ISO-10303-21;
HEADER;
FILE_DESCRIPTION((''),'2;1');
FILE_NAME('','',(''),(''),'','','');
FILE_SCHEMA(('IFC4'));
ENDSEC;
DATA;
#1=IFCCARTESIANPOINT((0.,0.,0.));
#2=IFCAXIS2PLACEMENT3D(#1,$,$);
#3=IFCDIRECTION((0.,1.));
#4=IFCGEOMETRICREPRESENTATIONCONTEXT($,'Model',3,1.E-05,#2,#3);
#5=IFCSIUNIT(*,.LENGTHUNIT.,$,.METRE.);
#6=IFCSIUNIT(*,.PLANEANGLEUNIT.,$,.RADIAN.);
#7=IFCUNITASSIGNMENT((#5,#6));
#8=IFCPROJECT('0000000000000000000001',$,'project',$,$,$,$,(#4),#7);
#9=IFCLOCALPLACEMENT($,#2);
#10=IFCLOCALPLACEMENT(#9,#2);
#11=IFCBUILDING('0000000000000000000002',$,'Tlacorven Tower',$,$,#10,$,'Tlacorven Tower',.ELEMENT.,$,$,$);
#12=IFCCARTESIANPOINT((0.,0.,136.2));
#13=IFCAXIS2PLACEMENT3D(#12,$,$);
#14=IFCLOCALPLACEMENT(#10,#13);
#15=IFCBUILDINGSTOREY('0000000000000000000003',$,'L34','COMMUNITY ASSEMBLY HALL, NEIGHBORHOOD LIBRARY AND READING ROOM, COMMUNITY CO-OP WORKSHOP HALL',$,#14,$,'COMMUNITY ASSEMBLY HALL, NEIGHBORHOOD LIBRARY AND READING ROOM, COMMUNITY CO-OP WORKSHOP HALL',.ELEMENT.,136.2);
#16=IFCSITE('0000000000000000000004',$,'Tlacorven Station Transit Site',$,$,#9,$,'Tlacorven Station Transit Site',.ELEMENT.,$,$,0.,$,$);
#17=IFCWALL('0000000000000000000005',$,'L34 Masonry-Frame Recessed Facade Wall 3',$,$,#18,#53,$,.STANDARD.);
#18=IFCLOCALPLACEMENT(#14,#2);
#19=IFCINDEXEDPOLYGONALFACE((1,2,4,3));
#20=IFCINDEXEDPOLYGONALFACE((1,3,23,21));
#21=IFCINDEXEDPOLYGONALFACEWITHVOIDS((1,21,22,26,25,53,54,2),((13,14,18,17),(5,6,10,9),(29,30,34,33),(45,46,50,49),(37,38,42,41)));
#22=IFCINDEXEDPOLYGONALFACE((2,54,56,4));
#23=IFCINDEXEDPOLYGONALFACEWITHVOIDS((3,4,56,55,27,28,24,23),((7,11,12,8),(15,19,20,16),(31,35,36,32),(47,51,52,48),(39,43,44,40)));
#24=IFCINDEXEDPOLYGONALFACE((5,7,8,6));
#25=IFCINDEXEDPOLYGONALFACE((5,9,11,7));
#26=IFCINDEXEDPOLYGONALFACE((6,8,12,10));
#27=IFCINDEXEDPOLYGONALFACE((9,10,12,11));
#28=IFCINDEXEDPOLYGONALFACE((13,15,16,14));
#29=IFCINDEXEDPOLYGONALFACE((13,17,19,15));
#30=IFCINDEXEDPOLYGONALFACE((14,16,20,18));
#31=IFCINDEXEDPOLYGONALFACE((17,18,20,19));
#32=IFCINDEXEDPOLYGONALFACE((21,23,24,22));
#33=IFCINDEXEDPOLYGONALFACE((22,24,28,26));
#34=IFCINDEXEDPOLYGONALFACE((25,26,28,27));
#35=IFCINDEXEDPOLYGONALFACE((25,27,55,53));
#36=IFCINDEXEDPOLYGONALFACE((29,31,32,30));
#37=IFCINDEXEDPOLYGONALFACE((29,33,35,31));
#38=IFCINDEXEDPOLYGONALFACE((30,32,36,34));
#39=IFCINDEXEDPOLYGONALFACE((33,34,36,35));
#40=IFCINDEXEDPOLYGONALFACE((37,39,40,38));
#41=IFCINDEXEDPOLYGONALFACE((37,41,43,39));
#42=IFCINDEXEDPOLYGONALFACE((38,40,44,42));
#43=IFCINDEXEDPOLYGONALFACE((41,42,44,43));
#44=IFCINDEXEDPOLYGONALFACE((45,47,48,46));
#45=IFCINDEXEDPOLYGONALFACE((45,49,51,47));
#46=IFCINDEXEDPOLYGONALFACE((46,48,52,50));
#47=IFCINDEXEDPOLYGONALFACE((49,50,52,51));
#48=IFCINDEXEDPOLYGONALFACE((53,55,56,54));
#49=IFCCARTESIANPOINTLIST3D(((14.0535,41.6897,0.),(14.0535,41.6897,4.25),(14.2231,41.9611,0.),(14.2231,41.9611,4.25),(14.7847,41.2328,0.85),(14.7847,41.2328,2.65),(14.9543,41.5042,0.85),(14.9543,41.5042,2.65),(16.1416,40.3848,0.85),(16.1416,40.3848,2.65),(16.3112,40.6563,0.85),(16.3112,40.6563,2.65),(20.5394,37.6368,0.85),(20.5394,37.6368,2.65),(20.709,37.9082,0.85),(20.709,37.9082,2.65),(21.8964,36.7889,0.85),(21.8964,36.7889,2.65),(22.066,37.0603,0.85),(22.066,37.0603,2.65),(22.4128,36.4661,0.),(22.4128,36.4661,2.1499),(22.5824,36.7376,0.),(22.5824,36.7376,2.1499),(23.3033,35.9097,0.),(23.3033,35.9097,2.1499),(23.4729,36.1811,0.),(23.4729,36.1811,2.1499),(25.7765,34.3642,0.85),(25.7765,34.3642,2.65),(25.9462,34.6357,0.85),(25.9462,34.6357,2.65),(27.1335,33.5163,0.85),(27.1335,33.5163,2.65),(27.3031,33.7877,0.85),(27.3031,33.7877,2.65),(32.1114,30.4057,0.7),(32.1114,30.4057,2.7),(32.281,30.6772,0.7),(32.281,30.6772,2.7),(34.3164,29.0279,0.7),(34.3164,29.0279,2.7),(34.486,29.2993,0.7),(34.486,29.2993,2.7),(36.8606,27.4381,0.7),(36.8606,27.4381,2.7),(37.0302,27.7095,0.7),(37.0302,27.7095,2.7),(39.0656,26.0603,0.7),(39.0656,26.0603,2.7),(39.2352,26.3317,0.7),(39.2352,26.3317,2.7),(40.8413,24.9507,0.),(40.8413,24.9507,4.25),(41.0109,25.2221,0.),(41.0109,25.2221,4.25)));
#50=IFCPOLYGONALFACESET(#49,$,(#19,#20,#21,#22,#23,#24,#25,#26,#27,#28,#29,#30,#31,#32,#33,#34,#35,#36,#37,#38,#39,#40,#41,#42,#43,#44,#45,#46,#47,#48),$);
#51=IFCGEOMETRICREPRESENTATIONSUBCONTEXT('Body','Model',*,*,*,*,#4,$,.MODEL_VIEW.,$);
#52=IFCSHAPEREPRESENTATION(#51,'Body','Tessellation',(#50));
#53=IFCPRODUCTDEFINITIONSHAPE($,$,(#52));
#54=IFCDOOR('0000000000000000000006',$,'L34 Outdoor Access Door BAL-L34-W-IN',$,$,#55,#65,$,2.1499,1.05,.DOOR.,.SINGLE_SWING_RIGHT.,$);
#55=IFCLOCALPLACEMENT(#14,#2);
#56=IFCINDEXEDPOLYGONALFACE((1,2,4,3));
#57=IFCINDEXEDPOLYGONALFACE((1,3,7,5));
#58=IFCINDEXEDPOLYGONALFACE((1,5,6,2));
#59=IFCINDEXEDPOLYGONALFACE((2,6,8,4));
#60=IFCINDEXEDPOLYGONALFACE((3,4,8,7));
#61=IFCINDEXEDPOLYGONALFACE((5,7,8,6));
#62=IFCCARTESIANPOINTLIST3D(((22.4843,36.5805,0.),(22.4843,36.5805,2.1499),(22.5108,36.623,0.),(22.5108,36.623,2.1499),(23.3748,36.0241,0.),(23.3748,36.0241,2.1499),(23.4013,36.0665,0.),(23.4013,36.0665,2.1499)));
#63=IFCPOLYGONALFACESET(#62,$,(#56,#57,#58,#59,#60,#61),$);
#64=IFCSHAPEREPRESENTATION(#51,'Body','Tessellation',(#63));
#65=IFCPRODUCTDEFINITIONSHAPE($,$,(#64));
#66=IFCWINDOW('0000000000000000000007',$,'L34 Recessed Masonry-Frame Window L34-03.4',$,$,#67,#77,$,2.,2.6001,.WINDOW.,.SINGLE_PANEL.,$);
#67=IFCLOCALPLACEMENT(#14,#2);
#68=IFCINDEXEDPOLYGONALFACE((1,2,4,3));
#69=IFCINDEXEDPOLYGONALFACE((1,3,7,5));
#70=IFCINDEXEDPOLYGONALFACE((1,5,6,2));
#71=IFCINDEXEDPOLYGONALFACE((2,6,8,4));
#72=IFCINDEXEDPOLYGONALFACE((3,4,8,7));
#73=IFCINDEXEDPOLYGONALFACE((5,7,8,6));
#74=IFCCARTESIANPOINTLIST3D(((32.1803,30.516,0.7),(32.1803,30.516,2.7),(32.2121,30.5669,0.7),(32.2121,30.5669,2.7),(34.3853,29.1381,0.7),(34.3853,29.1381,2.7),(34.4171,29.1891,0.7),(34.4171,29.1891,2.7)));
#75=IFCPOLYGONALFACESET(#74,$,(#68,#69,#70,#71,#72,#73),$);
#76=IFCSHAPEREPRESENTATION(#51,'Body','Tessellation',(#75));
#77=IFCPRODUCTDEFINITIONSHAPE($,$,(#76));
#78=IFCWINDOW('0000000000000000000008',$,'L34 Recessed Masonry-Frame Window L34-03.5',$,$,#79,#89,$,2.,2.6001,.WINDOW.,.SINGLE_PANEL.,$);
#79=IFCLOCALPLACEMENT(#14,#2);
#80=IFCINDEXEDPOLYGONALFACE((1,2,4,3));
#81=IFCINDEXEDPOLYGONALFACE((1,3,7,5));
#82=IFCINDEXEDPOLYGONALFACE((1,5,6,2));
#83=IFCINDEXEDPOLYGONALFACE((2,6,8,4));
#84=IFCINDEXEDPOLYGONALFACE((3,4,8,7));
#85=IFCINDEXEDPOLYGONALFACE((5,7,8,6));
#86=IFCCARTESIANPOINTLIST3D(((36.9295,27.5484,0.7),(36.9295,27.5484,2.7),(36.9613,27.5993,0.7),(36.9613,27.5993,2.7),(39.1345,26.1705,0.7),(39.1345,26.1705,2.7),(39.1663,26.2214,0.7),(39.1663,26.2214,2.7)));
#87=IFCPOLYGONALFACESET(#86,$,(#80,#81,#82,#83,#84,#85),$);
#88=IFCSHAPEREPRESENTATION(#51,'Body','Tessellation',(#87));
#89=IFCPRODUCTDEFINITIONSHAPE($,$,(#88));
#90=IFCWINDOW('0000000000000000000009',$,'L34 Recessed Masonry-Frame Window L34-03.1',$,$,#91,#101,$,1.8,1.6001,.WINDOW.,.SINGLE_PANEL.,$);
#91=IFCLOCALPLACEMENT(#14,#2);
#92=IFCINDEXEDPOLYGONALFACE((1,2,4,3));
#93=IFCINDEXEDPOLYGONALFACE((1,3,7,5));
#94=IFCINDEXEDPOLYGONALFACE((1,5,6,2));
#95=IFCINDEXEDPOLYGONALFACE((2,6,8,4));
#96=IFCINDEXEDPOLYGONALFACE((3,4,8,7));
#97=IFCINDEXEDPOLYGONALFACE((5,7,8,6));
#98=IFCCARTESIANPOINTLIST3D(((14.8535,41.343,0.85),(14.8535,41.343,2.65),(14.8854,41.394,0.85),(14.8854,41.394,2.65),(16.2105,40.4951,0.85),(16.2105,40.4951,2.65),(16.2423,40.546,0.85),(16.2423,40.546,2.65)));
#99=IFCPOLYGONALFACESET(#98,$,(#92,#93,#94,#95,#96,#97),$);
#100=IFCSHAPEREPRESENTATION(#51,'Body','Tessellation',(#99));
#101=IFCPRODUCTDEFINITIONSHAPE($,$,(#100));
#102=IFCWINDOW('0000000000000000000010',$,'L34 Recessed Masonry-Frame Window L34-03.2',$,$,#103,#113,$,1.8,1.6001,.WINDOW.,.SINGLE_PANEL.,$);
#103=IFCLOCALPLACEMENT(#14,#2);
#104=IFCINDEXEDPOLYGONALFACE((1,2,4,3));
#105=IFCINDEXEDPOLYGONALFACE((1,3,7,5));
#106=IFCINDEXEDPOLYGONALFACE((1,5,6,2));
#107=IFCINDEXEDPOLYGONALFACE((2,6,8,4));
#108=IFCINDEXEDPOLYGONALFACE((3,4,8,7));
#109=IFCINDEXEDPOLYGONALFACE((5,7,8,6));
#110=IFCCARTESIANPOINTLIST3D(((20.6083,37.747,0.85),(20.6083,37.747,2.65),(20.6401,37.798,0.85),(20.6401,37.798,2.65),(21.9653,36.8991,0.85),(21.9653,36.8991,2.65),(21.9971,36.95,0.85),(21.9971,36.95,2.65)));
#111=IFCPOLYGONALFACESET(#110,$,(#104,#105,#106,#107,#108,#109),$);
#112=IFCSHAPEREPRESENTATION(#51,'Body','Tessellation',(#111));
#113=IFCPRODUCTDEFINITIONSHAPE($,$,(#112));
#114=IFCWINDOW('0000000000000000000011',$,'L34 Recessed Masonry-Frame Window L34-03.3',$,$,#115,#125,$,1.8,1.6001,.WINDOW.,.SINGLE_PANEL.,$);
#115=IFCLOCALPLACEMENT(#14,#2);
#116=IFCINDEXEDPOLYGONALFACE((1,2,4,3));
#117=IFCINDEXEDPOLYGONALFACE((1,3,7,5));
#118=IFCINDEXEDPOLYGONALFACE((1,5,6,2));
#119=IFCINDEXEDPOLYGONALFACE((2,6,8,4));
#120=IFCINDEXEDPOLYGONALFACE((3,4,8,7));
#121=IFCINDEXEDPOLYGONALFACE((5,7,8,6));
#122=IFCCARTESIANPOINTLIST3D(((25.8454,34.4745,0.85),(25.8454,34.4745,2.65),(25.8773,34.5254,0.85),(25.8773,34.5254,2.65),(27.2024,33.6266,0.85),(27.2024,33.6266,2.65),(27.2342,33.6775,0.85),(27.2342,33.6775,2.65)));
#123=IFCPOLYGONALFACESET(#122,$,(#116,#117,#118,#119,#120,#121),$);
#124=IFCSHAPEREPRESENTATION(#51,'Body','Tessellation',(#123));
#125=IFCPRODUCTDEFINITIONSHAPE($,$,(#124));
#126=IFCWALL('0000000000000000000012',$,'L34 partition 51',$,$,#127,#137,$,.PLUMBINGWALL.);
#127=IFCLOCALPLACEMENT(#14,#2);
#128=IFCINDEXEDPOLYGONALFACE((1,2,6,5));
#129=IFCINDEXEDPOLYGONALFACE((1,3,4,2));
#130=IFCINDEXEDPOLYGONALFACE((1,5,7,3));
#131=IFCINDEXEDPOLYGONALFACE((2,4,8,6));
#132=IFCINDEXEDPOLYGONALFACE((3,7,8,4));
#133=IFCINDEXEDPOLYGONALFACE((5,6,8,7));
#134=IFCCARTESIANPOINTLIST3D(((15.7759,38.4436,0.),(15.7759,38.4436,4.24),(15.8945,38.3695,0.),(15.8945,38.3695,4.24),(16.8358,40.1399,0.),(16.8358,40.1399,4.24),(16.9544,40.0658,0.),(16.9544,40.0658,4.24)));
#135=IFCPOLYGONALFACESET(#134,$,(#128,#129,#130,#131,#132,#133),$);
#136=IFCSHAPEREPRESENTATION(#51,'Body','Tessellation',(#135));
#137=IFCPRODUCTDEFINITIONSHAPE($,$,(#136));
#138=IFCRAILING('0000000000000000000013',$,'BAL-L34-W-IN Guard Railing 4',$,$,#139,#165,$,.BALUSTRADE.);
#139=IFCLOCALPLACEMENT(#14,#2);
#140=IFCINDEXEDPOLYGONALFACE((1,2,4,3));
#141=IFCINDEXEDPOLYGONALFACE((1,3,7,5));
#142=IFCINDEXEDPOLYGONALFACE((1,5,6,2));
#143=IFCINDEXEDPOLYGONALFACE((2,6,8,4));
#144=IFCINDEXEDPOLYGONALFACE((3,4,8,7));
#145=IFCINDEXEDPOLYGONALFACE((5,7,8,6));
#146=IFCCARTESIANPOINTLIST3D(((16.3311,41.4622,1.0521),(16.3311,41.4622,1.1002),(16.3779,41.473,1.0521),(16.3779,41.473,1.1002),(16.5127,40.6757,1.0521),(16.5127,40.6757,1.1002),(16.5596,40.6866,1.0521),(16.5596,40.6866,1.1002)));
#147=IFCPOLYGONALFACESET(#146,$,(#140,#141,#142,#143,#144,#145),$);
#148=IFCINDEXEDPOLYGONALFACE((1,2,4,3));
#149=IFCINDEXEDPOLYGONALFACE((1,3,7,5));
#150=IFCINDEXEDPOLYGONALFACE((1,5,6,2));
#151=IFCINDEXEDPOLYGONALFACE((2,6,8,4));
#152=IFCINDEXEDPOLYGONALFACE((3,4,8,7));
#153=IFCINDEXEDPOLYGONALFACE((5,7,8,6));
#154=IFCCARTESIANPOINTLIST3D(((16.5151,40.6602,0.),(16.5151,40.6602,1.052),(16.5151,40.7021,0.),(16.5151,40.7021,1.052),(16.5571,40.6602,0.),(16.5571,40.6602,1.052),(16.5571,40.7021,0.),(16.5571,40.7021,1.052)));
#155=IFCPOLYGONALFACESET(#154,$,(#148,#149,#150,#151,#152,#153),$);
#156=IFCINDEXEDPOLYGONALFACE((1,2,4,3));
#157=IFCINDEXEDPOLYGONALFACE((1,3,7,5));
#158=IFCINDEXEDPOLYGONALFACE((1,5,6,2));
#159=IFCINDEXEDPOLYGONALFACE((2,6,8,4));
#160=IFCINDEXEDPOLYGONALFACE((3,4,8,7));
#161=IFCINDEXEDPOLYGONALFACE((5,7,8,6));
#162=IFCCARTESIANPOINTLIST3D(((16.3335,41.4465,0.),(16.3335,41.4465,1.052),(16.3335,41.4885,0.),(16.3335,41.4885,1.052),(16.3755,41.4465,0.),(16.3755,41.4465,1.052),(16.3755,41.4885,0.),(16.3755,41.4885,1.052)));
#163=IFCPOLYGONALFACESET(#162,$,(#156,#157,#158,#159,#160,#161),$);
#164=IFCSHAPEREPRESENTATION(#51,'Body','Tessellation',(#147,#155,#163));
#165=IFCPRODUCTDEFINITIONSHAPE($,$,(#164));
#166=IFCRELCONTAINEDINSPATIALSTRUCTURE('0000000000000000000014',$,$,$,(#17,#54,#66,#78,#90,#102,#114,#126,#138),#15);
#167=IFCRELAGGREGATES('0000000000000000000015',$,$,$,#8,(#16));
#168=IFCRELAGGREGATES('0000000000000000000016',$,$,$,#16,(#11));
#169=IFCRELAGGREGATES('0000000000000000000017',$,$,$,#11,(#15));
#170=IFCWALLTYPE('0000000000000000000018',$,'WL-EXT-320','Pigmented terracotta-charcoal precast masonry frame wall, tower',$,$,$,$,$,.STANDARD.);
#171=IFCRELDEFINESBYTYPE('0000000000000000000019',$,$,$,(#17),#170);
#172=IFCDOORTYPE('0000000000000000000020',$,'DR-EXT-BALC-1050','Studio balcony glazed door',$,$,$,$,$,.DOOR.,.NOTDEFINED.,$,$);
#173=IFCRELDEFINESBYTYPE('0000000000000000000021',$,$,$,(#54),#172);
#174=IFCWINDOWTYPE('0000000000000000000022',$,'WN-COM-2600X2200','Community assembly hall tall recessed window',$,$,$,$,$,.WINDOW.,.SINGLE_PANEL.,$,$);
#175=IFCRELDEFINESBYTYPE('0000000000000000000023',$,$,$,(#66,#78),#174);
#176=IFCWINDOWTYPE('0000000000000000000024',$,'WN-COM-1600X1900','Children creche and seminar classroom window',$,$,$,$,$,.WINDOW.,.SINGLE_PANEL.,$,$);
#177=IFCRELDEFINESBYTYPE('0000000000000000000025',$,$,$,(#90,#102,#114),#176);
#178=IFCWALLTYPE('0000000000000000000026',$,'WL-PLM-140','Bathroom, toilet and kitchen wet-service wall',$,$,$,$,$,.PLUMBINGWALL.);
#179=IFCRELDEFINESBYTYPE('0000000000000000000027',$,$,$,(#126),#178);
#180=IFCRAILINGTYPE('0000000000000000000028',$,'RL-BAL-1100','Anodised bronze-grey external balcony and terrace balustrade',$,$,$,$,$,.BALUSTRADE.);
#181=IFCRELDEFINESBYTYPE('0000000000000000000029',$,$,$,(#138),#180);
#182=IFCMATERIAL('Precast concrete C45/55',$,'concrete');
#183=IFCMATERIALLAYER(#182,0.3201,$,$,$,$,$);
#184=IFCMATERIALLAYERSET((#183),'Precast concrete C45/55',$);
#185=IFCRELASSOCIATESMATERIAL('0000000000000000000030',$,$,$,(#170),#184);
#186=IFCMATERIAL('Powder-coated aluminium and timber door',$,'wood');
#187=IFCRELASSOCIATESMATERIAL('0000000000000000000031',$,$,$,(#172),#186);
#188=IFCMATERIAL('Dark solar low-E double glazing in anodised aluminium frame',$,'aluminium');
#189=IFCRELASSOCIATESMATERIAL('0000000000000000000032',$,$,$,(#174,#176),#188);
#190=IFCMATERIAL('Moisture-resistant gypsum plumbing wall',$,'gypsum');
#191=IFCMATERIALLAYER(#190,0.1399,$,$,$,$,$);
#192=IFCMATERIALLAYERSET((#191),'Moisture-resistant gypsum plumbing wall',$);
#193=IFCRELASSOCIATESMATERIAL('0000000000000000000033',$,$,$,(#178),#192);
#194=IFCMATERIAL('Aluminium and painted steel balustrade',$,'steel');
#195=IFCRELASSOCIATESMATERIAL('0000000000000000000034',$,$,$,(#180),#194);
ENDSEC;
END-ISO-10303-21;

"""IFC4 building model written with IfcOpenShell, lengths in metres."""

from ifc_helpers import new_model, si_unit, direction, frame, frame_2d, origin, origin_2d, place, context, subcontext, project, spatial, rectangle, extrude, source, transform, mapped, material, layer, layer_set, type_object, element, fill, save


model = new_model("IFC4")

# Units and contexts
model_context = context("Model", 3, precision=1e-05, world=origin(), true_north=direction((0.0, 1.0)))
body_context = subcontext(model_context, "Body", "Model", "MODEL_VIEW")
ifc_project = project(units=[si_unit("LENGTHUNIT", "METRE"), si_unit("PLANEANGLEUNIT", "RADIAN")], contexts=[model_context])

# Site, building, storey
site_placement = place(None, origin())
site = spatial("IfcSite", under=ifc_project, at=site_placement, Name="Tlacorven Station Transit Site", LongName="Tlacorven Station Transit Site", CompositionType="ELEMENT", RefElevation=0.0)
building_placement = place(site_placement, origin())
building = spatial("IfcBuilding", under=site, at=building_placement, Name="Tlacorven Tower", LongName="Tlacorven Tower", CompositionType="ELEMENT")
storey_placement = place(building_placement, frame((0.0, 0.0, 136.2)))
storey = spatial("IfcBuildingStorey", under=building, at=storey_placement, Name="L34", Description="COMMUNITY ASSEMBLY HALL, NEIGHBORHOOD LIBRARY AND READING ROOM, COMMUNITY CO-OP WORKSHOP HALL", LongName="COMMUNITY ASSEMBLY HALL, NEIGHBORHOOD LIBRARY AND READING ROOM, COMMUNITY CO-OP WORKSHOP HALL", CompositionType="ELEMENT", Elevation=136.2)

# Wall, openings, door, windows
ifc_material_1 = material(Name="Precast concrete C45/55", Category="concrete")
ifc_layer_1 = layer(ifc_material_1, 0.3201)
ifc_layer_set_1 = layer_set([ifc_layer_1], Name="Precast concrete C45/55")
wall_type_1 = type_object("IfcWallType", Name="WL-EXT-320", Description="Pigmented terracotta-charcoal precast masonry frame wall, tower", PredefinedType="STANDARD", material=ifc_layer_set_1)
wall_1_placement = place(storey_placement, frame((14.1382, 41.8254, 0.0), z_axis=(0.0, 0.0, 1.0), x_axis=(0.848046, -0.529922, 0.0)))
wall_1 = element("IfcWall", 1, at=wall_1_placement, inside=storey, type_object=wall_type_1, Name="L34 Masonry-Frame Recessed Facade Wall 3", PredefinedType="STANDARD", context=body_context, shape_type="SweptSolid", body=[
    extrude(rectangle(XDim=31.5876, YDim=0.3201, at=frame_2d((15.7939, 0.0))), origin(), (0.0, 0.0, 1.0), 4.25),
])
opening_1_placement = place(wall_1_placement, frame((9.8574, 0.0, 0.0)))
opening_1 = element("IfcOpeningElement", 2, at=opening_1_placement, cuts=wall_1, PredefinedType="OPENING", context=body_context, shape_type="SweptSolid", body=[
    extrude(rectangle(XDim=1.05, YDim=2.1499, at=frame_2d((0.5249, 1.075))), frame((0.0, 0.1699, 0.0), z_axis=(0.0, -1.0, 0.0), x_axis=(1.0, 0.0, 0.0)), (0.0, 0.0, 1.0), 0.3401),
])
opening_2_placement = place(wall_1_placement, frame((0.8623, 0.0, 0.8501)))
opening_2 = element("IfcOpeningElement", 3, at=opening_2_placement, cuts=wall_1, PredefinedType="OPENING", context=body_context, shape_type="SweptSolid", body=[
    extrude(rectangle(XDim=1.6001, YDim=1.8, at=frame_2d((0.8, 0.8999))), frame((0.0, 0.1699, 0.0), z_axis=(0.0, -1.0, 0.0), x_axis=(1.0, 0.0, 0.0)), (0.0, 0.0, 1.0), 0.3401),
])
opening_3_placement = place(wall_1_placement, frame((7.6482, 0.0, 0.8501)))
opening_3 = element("IfcOpeningElement", 4, at=opening_3_placement, cuts=wall_1, PredefinedType="OPENING", context=body_context, shape_type="SweptSolid", body=[
    extrude(rectangle(XDim=1.6001, YDim=1.8, at=frame_2d((0.8, 0.8999))), frame((0.0, 0.1699, 0.0), z_axis=(0.0, -1.0, 0.0), x_axis=(1.0, 0.0, 0.0)), (0.0, 0.0, 1.0), 0.3401),
])
opening_4_placement = place(wall_1_placement, frame((13.8237, 0.0, 0.8501)))
opening_4 = element("IfcOpeningElement", 5, at=opening_4_placement, cuts=wall_1, PredefinedType="OPENING", context=body_context, shape_type="SweptSolid", body=[
    extrude(rectangle(XDim=1.6001, YDim=1.8, at=frame_2d((0.8, 0.8999))), frame((0.0, 0.1699, 0.0), z_axis=(0.0, -1.0, 0.0), x_axis=(1.0, 0.0, 0.0)), (0.0, 0.0, 1.0), 0.3401),
])
opening_5_placement = place(wall_1_placement, frame((21.2937, 0.0, 0.7)))
opening_5 = element("IfcOpeningElement", 6, at=opening_5_placement, cuts=wall_1, PredefinedType="OPENING", context=body_context, shape_type="SweptSolid", body=[
    extrude(rectangle(XDim=2.6001, YDim=2.0, at=frame_2d((1.3, 1.0))), frame((0.0, 0.1699, 0.0), z_axis=(0.0, -1.0, 0.0), x_axis=(1.0, 0.0, 0.0)), (0.0, 0.0, 1.0), 0.3401),
])
opening_6_placement = place(wall_1_placement, frame((26.8938, 0.0, 0.7)))
opening_6 = element("IfcOpeningElement", 7, at=opening_6_placement, cuts=wall_1, PredefinedType="OPENING", context=body_context, shape_type="SweptSolid", body=[
    extrude(rectangle(XDim=2.6001, YDim=2.0, at=frame_2d((1.3, 1.0))), frame((0.0, 0.1699, 0.0), z_axis=(0.0, -1.0, 0.0), x_axis=(1.0, 0.0, 0.0)), (0.0, 0.0, 1.0), 0.3401),
])
ifc_material_2 = material(Name="Powder-coated aluminium and timber door", Category="wood")
door_type = type_object("IfcDoorType", Name="DR-EXT-BALC-1050", Description="Studio balcony glazed door", OperationType="NOTDEFINED", PredefinedType="DOOR", material=ifc_material_2)
shared_shape_1 = source(origin(), body_context, "Body", "SweptSolid", [
    extrude(rectangle(XDim=1.05, YDim=2.1499, at=frame_2d((0.5249, 1.075))), frame((0.0, 0.0249, 0.0), z_axis=(0.0, -1.0, 0.0), x_axis=(1.0, 0.0, 0.0)), (0.0, 0.0, 1.0), 0.05),
])
door_placement = place(opening_1_placement, origin())
door = element("IfcDoor", 8, at=door_placement, inside=storey, type_object=door_type, Name="L34 Outdoor Access Door BAL-L34-W-IN", OperationType="SINGLE_SWING_RIGHT", OverallHeight=2.1499, OverallWidth=1.05, PredefinedType="DOOR", context=body_context, shape_type="MappedRepresentation", body=[
    mapped(shared_shape_1, transform((0.0, 0.0, 0.0), scale=1.0)),
])
fill(opening_1, door)
ifc_material_3 = material(Name="Dark solar low-E double glazing in anodised aluminium frame", Category="aluminium")
window_type_1 = type_object("IfcWindowType", Name="WN-COM-2600X2200", Description="Community assembly hall tall recessed window", PartitioningType="SINGLE_PANEL", PredefinedType="WINDOW", material=ifc_material_3)
shared_shape_2 = source(origin(), body_context, "Body", "SweptSolid", [
    extrude(rectangle(XDim=2.6001, YDim=2.0, at=frame_2d((1.3, 1.0))), frame((0.0, 0.03, 0.0), z_axis=(0.0, -1.0, 0.0), x_axis=(1.0, 0.0, 0.0)), (0.0, 0.0, 1.0), 0.0601),
])
window_1_placement = place(opening_5_placement, origin())
window_1 = element("IfcWindow", 9, at=window_1_placement, inside=storey, type_object=window_type_1, Name="L34 Recessed Masonry-Frame Window L34-03.4", OverallHeight=2.0, OverallWidth=2.6001, PartitioningType="SINGLE_PANEL", PredefinedType="WINDOW", context=body_context, shape_type="MappedRepresentation", body=[
    mapped(shared_shape_2, transform((0.0, 0.0, 0.0), scale=1.0)),
])
fill(opening_5, window_1)
window_2_placement = place(opening_6_placement, origin())
window_2 = element("IfcWindow", 10, at=window_2_placement, inside=storey, type_object=window_type_1, Name="L34 Recessed Masonry-Frame Window L34-03.5", OverallHeight=2.0, OverallWidth=2.6001, PartitioningType="SINGLE_PANEL", PredefinedType="WINDOW", context=body_context, shape_type="MappedRepresentation", body=[
    mapped(shared_shape_2, transform((0.0, 0.0, 0.0), scale=1.0)),
])
fill(opening_6, window_2)
window_type_2 = type_object("IfcWindowType", Name="WN-COM-1600X1900", Description="Children creche and seminar classroom window", PartitioningType="SINGLE_PANEL", PredefinedType="WINDOW", material=ifc_material_3)
shared_shape_3 = source(origin(), body_context, "Body", "SweptSolid", [
    extrude(rectangle(XDim=1.6001, YDim=1.8, at=frame_2d((0.8, 0.8999))), frame((0.0, 0.03, 0.0), z_axis=(0.0, -1.0, 0.0), x_axis=(1.0, 0.0, 0.0)), (0.0, 0.0, 1.0), 0.0601),
])
window_3_placement = place(opening_2_placement, origin())
window_3 = element("IfcWindow", 11, at=window_3_placement, inside=storey, type_object=window_type_2, Name="L34 Recessed Masonry-Frame Window L34-03.1", OverallHeight=1.8, OverallWidth=1.6001, PartitioningType="SINGLE_PANEL", PredefinedType="WINDOW", context=body_context, shape_type="MappedRepresentation", body=[
    mapped(shared_shape_3, transform((0.0, 0.0, 0.0), scale=1.0)),
])
fill(opening_2, window_3)
window_4_placement = place(opening_3_placement, origin())
window_4 = element("IfcWindow", 12, at=window_4_placement, inside=storey, type_object=window_type_2, Name="L34 Recessed Masonry-Frame Window L34-03.2", OverallHeight=1.8, OverallWidth=1.6001, PartitioningType="SINGLE_PANEL", PredefinedType="WINDOW", context=body_context, shape_type="MappedRepresentation", body=[
    mapped(shared_shape_3, transform((0.0, 0.0, 0.0), scale=1.0)),
])
fill(opening_3, window_4)
window_5_placement = place(opening_4_placement, origin())
window_5 = element("IfcWindow", 13, at=window_5_placement, inside=storey, type_object=window_type_2, Name="L34 Recessed Masonry-Frame Window L34-03.3", OverallHeight=1.8, OverallWidth=1.6001, PartitioningType="SINGLE_PANEL", PredefinedType="WINDOW", context=body_context, shape_type="MappedRepresentation", body=[
    mapped(shared_shape_3, transform((0.0, 0.0, 0.0), scale=1.0)),
])
fill(opening_4, window_5)

# Wall
ifc_material_4 = material(Name="Moisture-resistant gypsum plumbing wall", Category="gypsum")
ifc_layer_2 = layer(ifc_material_4, 0.1399)
ifc_layer_set_2 = layer_set([ifc_layer_2], Name="Moisture-resistant gypsum plumbing wall")
wall_type_2 = type_object("IfcWallType", Name="WL-PLM-140", Description="Bathroom, toilet and kitchen wet-service wall", PredefinedType="PLUMBINGWALL", material=ifc_layer_set_2)
wall_2_placement = place(storey_placement, frame((16.895, 40.1028, 0.0), z_axis=(0.0, 0.0, 1.0), x_axis=(-0.529867, -0.848081, 0.0)))
element("IfcWall", 14, at=wall_2_placement, inside=storey, type_object=wall_type_2, Name="L34 partition 51", PredefinedType="PLUMBINGWALL", context=body_context, shape_type="SweptSolid", body=[
    extrude(rectangle(XDim=2.0002, YDim=0.1399, at=frame_2d((1.0, 0.0))), origin(), (0.0, 0.0, 1.0), 4.24),
])

# Railing
ifc_material_5 = material(Name="Aluminium and painted steel balustrade", Category="steel")
railing_type = type_object("IfcRailingType", Name="RL-BAL-1100", Description="Anodised bronze-grey external balcony and terrace balustrade", PredefinedType="BALUSTRADE", material=ifc_material_5)
shared_shape_4 = source(origin(), body_context, "Body", "SweptSolid", [
    extrude(rectangle(XDim=0.0481, YDim=0.0481, at=origin_2d()), frame((0.0, 0.0, 1.0762), z_axis=(-0.225058, 0.974345, 0.0), x_axis=(-0.974345, -0.225058, 0.0)), (0.0, 0.0, 1.0), 0.8071),
    extrude(rectangle(XDim=0.042, YDim=0.042, at=origin_2d()), origin(), (0.0, 0.0, 1.0), 1.052),
    extrude(rectangle(XDim=0.042, YDim=0.042, at=origin_2d()), frame((-0.1816, 0.7864, 0.0)), (0.0, 0.0, 1.0), 1.052),
])
railing_1_placement = place(storey_placement, frame((16.5361, 40.6812, 0.0)))
element("IfcRailing", 15, at=railing_1_placement, inside=storey, type_object=railing_type, Name="BAL-L34-W-IN Guard Railing 4", PredefinedType="BALUSTRADE", context=body_context, shape_type="MappedRepresentation", body=[
    mapped(shared_shape_4, transform((0.0, 0.0, 0.0), scale=1.0)),
])

save(model, "model.ifc")
